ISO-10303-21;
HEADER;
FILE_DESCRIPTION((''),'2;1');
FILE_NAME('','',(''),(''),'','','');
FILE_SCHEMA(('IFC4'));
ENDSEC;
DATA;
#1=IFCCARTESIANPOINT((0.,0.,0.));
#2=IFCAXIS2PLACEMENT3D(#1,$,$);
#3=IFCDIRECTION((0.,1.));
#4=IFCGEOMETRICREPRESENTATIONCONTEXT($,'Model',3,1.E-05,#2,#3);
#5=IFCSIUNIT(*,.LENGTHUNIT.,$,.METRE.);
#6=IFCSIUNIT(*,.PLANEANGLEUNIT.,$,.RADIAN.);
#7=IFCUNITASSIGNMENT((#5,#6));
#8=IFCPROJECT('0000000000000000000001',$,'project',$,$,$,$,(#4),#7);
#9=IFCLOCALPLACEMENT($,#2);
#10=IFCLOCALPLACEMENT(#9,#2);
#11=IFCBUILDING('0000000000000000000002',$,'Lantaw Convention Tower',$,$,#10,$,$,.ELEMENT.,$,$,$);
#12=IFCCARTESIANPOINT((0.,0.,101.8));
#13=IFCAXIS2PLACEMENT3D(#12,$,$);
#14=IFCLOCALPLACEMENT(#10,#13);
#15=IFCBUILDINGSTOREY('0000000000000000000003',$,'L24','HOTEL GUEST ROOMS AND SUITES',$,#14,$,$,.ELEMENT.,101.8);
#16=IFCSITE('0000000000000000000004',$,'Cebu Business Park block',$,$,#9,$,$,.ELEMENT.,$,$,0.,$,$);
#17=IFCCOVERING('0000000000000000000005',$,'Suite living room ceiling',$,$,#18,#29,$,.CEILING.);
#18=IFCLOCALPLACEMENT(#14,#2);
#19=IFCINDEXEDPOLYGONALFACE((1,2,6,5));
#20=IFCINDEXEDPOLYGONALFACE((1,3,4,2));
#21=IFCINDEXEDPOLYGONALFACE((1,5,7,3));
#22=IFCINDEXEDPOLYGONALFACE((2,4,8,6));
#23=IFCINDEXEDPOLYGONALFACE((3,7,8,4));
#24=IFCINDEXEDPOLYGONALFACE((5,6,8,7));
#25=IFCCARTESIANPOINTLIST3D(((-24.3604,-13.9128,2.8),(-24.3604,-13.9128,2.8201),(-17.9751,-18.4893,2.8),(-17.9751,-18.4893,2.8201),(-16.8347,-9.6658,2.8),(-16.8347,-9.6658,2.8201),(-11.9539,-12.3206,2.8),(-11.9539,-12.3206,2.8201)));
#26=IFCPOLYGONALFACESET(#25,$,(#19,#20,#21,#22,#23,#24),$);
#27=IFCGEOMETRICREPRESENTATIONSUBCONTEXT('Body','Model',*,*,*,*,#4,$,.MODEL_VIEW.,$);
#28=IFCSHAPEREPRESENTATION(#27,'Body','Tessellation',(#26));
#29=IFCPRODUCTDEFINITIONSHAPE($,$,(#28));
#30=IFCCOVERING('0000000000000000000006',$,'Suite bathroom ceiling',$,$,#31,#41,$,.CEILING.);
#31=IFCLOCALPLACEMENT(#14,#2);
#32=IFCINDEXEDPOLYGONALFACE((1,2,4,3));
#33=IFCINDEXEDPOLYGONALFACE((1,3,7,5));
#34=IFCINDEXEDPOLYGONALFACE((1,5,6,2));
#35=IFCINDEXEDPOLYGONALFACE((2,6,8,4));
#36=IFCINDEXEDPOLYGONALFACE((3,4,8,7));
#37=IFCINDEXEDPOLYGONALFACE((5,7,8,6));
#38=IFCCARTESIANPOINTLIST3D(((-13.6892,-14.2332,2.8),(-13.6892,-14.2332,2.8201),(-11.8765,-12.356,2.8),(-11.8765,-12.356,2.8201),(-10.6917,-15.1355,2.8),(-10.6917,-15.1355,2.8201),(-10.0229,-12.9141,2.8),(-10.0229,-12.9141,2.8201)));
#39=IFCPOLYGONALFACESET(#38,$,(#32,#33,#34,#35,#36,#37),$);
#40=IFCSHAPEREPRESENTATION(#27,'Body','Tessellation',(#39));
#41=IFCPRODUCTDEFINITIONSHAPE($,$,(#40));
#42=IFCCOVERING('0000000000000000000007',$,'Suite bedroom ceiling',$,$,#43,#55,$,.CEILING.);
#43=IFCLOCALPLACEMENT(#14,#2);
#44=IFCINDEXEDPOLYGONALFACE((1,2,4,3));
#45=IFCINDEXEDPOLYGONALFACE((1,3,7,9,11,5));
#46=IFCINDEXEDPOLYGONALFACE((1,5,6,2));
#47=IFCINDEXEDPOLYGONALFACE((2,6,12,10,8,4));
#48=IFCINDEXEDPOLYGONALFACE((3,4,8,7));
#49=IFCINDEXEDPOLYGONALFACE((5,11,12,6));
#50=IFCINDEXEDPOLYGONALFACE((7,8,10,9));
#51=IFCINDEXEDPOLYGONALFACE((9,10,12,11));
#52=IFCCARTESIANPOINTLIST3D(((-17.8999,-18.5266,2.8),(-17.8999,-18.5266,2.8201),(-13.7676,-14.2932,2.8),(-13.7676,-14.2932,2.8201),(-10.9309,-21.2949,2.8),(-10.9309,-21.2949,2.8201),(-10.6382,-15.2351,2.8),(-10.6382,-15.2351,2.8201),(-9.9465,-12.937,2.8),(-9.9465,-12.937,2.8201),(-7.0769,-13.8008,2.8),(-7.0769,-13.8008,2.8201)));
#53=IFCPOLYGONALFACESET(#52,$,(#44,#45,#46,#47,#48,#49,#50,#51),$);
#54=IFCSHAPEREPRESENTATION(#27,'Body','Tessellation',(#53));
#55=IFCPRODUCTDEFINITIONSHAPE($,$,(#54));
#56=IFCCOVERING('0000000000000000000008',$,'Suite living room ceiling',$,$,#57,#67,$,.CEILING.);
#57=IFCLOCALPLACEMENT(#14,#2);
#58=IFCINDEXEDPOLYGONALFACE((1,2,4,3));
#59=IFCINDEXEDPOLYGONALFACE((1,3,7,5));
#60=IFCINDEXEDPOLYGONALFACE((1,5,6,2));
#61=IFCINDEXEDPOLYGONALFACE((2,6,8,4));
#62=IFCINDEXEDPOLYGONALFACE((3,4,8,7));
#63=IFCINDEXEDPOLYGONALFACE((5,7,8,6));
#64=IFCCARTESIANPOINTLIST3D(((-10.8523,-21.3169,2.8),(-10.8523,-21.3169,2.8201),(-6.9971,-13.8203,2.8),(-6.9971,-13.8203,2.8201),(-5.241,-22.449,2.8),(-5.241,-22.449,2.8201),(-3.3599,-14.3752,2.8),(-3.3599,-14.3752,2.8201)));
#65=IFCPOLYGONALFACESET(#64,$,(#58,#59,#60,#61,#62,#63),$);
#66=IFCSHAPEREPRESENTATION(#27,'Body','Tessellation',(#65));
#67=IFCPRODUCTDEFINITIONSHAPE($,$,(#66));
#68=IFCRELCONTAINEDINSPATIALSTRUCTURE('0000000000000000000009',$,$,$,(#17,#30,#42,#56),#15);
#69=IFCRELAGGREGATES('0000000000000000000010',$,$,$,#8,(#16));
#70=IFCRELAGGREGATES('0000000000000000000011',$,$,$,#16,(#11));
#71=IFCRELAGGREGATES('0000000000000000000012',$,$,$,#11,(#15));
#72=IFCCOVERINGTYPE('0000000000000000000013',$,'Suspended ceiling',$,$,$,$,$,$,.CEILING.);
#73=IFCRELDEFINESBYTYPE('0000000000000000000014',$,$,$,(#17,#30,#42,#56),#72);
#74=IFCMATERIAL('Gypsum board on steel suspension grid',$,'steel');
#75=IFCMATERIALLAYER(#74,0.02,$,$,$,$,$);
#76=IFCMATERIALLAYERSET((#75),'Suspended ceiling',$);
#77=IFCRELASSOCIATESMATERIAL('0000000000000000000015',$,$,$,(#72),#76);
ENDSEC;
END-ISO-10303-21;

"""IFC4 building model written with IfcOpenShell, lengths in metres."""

from ifc_helpers import new_model, si_unit, direction, frame, origin, place, context, subcontext, project, spatial, polyline, outline, extrude, material, layer, layer_set, type_object, element, save


model = new_model("IFC4")

# Units and contexts
model_context = context("Model", 3, precision=1e-05, world=origin(), true_north=direction((0.0, 1.0)))
body_context = subcontext(model_context, "Body", "Model", "MODEL_VIEW")
ifc_project = project(units=[si_unit("LENGTHUNIT", "METRE"), si_unit("PLANEANGLEUNIT", "RADIAN")], contexts=[model_context])

# Site, building, storey
site_placement = place(None, origin())
site = spatial("IfcSite", under=ifc_project, at=site_placement, Name="Cebu Business Park block", CompositionType="ELEMENT", RefElevation=0.0)
building_placement = place(site_placement, origin())
building = spatial("IfcBuilding", under=site, at=building_placement, Name="Lantaw Convention Tower", CompositionType="ELEMENT")
storey_placement = place(building_placement, frame((0.0, 0.0, 101.8)))
storey = spatial("IfcBuildingStorey", under=building, at=storey_placement, Name="L24", Description="HOTEL GUEST ROOMS AND SUITES", CompositionType="ELEMENT", Elevation=101.8)

# Coverings
ifc_material_1 = material(Name="Gypsum board on steel suspension grid", Category="steel")
ifc_layer_1 = layer(ifc_material_1, 0.02)
ifc_layer_set_1 = layer_set([ifc_layer_1], Name="Suspended ceiling")
covering_type = type_object("IfcCoveringType", Name="Suspended ceiling", PredefinedType="CEILING", material=ifc_layer_set_1)
covering_1_placement = place(storey_placement, frame((0.0, 0.0, 2.8)))
element("IfcCovering", 1, at=covering_1_placement, inside=storey, type_object=covering_type, Name="Suite living room ceiling", PredefinedType="CEILING", context=body_context, shape_type="SweptSolid", body=[
    extrude(outline(polyline([(-16.8347, -9.6658), (-24.3604, -13.9128), (-17.9751, -18.4893), (-11.9539, -12.3206), (-16.8347, -9.6658)])), origin(), (0.0, 0.0, 1.0), 0.02),
])
covering_2_placement = place(storey_placement, frame((0.0, 0.0, 2.8)))
element("IfcCovering", 2, at=covering_2_placement, inside=storey, type_object=covering_type, Name="Suite bathroom ceiling", PredefinedType="CEILING", context=body_context, shape_type="SweptSolid", body=[
    extrude(outline(polyline([(-11.8765, -12.356), (-13.6892, -14.2332), (-10.6917, -15.1355), (-10.0229, -12.9141), (-11.8765, -12.356)])), origin(), (0.0, 0.0, 1.0), 0.02),
])
covering_3_placement = place(storey_placement, frame((0.0, 0.0, 2.8)))
element("IfcCovering", 3, at=covering_3_placement, inside=storey, type_object=covering_type, Name="Suite bedroom ceiling", PredefinedType="CEILING", context=body_context, shape_type="SweptSolid", body=[
    extrude(outline(polyline([(-13.7676, -14.2932), (-17.8999, -18.5266), (-10.9309, -21.2949), (-7.0769, -13.8008), (-9.9465, -12.937), (-10.6382, -15.2351), (-13.7676, -14.2932)])), origin(), (0.0, 0.0, 1.0), 0.02),
])
covering_4_placement = place(storey_placement, frame((0.0, 0.0, 2.8)))
element("IfcCovering", 4, at=covering_4_placement, inside=storey, type_object=covering_type, Name="Suite living room ceiling", PredefinedType="CEILING", context=body_context, shape_type="SweptSolid", body=[
    extrude(outline(polyline([(-6.9971, -13.8203), (-10.8523, -21.3169), (-5.241, -22.449), (-3.3599, -14.3752), (-6.9971, -13.8203)])), origin(), (0.0, 0.0, 1.0), 0.02),
])

save(model, "model.ifc")
